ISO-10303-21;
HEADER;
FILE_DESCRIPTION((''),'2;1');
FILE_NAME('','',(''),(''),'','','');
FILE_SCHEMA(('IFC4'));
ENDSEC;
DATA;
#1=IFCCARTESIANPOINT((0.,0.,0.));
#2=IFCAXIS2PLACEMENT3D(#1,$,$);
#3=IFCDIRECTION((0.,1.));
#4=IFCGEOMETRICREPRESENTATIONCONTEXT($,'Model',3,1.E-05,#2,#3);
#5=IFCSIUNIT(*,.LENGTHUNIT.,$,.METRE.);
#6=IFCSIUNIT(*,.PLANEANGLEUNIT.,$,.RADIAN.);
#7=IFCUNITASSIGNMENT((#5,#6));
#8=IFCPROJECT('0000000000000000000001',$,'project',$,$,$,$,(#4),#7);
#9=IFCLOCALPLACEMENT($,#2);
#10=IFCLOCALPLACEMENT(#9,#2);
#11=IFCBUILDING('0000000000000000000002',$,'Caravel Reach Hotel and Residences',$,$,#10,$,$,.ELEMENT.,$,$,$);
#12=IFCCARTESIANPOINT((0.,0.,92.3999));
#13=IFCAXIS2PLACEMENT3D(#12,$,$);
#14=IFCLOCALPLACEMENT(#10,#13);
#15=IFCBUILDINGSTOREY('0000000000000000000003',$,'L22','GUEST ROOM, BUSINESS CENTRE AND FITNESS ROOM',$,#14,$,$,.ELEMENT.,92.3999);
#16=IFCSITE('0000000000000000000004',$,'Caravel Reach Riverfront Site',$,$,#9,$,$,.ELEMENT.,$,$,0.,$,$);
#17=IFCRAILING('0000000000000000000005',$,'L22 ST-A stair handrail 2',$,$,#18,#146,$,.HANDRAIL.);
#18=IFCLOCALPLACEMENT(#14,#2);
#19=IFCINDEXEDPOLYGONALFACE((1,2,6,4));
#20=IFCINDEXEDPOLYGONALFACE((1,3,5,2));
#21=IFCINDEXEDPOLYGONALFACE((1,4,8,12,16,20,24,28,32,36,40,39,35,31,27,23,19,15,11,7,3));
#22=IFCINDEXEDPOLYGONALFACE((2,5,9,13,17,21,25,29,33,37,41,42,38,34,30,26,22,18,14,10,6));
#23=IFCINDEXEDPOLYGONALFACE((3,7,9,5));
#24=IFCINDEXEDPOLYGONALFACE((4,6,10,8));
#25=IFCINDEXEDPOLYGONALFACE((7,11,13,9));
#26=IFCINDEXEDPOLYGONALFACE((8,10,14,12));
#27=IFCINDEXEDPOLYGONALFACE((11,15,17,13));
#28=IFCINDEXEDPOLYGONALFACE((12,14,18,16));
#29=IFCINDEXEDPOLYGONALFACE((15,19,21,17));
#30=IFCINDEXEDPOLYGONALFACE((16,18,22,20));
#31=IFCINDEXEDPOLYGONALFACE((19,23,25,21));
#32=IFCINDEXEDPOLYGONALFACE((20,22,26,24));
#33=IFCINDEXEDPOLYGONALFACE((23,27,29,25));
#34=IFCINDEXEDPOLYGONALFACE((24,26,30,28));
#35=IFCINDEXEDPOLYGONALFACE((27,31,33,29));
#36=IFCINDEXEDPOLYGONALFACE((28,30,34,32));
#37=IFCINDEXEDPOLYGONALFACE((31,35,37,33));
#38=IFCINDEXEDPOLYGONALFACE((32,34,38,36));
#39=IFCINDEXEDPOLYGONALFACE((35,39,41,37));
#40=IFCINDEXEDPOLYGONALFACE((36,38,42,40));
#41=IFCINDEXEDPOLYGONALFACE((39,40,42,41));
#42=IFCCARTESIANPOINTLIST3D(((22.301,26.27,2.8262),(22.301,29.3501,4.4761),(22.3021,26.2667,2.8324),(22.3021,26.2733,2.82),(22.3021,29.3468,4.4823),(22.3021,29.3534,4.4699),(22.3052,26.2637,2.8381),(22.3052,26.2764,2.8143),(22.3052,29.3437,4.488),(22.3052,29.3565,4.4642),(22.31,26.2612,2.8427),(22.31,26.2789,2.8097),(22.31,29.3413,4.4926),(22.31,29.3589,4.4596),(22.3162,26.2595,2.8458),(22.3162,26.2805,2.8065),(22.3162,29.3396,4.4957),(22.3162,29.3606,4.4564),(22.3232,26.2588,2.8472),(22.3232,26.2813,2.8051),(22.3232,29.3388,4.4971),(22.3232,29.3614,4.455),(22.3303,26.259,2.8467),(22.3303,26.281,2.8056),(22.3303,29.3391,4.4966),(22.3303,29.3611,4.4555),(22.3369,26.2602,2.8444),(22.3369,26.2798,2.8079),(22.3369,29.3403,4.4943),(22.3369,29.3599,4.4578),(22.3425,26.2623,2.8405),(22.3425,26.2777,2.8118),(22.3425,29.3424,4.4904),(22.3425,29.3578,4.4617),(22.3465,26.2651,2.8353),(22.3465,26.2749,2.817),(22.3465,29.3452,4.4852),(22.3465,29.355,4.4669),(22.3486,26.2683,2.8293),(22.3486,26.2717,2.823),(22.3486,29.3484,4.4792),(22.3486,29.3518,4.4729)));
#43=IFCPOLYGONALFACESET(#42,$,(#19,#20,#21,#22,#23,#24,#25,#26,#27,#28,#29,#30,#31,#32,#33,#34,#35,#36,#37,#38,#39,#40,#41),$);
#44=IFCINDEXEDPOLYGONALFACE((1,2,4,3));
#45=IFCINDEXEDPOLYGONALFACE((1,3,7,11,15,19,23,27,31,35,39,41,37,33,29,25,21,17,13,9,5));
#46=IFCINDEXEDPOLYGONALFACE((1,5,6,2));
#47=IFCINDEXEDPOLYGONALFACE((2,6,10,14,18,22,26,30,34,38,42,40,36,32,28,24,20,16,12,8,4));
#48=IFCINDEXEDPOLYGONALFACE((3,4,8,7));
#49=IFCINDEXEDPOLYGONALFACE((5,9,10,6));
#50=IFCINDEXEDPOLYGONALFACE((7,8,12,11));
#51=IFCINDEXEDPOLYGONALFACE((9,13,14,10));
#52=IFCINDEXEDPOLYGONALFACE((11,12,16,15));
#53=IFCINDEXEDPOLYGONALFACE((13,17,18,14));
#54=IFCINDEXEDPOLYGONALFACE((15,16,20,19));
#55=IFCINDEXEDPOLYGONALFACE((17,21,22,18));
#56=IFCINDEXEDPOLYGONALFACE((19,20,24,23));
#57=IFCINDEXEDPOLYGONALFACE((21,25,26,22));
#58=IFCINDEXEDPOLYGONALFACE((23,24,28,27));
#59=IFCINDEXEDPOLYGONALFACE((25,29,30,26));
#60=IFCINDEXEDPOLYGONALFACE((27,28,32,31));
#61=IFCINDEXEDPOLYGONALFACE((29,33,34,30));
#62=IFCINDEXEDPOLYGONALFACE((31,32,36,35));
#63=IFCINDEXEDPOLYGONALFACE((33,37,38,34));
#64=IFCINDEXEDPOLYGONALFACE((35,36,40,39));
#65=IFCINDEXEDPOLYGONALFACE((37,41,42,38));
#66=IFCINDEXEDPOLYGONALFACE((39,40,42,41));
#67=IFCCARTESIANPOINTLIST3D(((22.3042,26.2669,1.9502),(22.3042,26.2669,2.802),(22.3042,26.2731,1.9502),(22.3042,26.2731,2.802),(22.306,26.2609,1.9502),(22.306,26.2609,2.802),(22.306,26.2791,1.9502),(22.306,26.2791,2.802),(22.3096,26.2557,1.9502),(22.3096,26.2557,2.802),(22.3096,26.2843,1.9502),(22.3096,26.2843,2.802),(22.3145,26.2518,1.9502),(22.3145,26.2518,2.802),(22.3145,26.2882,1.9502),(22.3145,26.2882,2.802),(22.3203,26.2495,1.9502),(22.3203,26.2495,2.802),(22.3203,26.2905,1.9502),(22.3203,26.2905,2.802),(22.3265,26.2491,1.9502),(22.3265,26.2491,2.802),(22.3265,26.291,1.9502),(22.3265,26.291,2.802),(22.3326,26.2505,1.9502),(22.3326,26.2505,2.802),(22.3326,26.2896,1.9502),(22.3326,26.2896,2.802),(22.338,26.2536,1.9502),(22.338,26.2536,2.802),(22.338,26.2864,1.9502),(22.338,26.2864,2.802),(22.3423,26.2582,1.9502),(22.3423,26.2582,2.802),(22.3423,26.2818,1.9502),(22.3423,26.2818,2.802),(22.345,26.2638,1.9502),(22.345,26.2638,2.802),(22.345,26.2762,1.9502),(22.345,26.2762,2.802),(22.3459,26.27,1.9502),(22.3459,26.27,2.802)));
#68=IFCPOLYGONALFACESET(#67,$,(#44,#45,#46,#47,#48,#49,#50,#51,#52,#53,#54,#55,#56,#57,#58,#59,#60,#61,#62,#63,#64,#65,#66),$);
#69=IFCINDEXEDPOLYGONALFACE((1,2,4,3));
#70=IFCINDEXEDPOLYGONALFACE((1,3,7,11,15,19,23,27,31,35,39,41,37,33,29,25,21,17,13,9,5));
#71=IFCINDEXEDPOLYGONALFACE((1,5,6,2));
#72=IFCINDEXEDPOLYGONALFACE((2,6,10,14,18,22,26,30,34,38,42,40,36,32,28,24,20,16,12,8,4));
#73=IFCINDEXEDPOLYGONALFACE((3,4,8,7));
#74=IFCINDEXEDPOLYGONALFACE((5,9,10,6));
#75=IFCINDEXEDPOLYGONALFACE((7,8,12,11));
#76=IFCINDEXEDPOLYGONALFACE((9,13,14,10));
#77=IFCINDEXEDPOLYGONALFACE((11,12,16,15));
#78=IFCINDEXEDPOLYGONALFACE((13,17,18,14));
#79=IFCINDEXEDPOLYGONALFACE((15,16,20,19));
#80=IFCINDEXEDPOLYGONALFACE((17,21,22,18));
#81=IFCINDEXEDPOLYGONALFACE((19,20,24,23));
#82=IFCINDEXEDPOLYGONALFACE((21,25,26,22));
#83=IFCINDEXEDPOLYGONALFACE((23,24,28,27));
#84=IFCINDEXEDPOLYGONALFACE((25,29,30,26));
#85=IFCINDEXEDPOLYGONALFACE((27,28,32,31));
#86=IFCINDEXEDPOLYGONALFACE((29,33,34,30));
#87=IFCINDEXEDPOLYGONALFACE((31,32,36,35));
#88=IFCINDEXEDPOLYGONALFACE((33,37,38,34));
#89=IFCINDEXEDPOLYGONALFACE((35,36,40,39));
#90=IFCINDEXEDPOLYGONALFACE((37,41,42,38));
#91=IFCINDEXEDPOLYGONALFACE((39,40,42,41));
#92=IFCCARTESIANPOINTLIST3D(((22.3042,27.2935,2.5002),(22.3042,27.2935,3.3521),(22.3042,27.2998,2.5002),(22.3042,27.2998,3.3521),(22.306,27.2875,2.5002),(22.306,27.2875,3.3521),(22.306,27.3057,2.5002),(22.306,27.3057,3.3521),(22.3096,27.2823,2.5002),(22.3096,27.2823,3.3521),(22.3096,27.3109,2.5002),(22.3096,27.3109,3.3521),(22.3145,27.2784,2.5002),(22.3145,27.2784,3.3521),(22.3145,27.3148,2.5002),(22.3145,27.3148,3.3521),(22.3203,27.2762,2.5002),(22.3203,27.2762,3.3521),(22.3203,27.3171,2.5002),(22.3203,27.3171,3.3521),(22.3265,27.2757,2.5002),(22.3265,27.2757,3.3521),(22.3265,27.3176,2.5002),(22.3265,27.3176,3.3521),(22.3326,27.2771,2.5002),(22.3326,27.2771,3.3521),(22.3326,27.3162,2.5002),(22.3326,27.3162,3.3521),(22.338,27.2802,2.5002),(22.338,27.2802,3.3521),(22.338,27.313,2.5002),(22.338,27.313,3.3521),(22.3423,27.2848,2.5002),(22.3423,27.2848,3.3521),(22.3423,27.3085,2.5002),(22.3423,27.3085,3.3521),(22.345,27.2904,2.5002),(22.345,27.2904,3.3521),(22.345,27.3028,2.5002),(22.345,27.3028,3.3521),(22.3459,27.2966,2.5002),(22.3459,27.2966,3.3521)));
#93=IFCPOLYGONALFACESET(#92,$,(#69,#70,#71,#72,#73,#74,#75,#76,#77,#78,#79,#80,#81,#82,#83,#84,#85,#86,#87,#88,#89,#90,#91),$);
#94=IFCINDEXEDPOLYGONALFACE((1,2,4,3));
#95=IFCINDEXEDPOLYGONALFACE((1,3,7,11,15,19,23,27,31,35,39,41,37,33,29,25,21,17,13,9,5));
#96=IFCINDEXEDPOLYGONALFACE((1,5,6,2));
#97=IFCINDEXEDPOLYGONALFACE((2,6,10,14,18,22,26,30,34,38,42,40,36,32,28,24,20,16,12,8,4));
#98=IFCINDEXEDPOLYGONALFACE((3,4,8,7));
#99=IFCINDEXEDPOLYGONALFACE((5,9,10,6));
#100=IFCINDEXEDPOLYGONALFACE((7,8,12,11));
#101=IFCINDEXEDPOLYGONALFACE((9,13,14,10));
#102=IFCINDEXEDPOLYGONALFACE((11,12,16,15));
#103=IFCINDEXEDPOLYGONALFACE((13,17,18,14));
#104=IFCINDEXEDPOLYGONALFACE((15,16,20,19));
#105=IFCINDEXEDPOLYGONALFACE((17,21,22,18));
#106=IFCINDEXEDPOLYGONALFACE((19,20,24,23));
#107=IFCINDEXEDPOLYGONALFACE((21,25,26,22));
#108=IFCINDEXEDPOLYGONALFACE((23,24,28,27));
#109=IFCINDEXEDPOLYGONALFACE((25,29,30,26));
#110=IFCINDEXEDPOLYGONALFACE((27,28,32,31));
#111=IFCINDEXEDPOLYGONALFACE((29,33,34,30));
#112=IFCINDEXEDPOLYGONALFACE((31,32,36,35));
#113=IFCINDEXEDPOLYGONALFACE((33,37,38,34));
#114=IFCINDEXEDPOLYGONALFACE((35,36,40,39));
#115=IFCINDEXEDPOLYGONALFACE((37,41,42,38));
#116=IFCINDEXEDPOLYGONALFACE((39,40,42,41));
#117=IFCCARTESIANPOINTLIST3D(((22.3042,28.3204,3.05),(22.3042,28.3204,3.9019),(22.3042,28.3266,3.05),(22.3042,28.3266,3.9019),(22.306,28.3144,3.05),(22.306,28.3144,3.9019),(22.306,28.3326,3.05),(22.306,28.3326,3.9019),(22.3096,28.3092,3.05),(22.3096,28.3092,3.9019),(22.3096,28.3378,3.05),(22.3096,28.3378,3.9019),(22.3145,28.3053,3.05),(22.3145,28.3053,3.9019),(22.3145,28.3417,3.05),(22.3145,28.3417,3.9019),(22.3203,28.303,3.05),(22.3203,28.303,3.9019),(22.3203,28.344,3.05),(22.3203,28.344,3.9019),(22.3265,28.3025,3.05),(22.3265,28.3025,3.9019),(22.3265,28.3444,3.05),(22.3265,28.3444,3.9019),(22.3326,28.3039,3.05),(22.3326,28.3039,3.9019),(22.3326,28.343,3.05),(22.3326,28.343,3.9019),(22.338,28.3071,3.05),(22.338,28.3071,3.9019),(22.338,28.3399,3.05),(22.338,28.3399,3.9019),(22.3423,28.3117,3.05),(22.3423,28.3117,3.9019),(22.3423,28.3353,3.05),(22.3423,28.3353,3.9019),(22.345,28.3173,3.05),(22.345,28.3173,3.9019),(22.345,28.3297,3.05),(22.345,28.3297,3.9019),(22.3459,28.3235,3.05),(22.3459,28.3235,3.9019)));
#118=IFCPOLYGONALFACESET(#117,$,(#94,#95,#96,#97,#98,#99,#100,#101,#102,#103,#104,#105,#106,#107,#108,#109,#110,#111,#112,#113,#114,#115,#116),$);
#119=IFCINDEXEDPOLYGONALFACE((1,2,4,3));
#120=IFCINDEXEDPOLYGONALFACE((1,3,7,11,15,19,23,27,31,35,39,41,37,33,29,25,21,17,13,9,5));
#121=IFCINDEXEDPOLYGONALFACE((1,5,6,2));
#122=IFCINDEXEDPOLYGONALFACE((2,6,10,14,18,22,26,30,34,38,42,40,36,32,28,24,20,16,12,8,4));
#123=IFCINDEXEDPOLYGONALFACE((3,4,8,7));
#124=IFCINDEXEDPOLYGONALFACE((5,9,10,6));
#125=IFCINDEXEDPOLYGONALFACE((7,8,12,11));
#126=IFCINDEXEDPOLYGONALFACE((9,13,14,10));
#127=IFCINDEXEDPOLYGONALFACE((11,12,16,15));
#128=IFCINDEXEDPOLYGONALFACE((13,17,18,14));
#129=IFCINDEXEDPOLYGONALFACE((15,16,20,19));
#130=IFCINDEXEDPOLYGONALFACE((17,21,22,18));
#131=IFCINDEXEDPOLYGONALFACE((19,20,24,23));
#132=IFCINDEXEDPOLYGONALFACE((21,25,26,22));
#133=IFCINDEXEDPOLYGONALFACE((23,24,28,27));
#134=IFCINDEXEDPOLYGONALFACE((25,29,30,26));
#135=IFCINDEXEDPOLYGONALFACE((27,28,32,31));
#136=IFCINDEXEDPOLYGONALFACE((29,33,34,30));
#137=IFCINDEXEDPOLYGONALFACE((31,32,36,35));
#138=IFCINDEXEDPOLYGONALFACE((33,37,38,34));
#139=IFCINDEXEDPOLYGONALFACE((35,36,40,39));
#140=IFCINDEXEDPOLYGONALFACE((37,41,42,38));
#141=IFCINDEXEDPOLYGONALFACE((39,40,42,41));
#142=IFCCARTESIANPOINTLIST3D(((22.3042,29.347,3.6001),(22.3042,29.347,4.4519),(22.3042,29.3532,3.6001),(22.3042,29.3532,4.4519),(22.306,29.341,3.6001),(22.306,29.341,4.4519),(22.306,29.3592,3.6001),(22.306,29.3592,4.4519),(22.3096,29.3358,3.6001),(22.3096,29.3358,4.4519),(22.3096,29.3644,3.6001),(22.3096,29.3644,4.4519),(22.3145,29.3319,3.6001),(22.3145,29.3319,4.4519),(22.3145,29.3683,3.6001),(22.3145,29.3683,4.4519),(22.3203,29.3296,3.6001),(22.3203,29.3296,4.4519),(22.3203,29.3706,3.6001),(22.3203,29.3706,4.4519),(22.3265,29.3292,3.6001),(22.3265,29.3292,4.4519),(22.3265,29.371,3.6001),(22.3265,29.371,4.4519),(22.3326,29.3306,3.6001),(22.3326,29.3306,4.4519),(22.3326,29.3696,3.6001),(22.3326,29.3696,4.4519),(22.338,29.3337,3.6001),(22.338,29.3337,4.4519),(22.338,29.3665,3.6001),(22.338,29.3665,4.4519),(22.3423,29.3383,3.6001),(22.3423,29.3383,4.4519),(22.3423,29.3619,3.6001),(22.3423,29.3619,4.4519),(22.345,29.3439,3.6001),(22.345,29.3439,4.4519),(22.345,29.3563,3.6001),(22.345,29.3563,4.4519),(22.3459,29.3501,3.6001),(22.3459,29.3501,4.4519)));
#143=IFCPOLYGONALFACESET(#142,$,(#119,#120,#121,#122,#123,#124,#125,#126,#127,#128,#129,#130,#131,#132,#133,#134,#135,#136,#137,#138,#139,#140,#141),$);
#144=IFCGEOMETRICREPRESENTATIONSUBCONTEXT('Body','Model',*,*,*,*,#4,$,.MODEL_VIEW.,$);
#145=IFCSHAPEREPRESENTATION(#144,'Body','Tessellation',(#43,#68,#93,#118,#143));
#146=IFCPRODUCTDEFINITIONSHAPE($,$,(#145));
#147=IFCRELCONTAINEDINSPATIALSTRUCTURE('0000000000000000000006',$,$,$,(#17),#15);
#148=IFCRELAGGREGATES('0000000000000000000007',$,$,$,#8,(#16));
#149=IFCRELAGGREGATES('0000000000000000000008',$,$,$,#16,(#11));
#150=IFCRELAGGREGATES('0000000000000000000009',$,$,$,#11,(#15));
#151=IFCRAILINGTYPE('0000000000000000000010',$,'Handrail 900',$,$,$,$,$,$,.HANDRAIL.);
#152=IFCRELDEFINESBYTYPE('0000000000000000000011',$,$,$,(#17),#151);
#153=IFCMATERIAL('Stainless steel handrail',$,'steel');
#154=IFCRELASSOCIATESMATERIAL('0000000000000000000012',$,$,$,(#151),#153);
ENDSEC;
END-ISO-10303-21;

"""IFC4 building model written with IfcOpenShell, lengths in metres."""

from ifc_helpers import new_model, si_unit, direction, frame, origin, origin_2d, place, context, subcontext, project, spatial, circle, extrude, material, type_object, element, save


model = new_model("IFC4")

# Units and contexts
model_context = context("Model", 3, precision=1e-05, world=origin(), true_north=direction((0.0, 1.0)))
body_context = subcontext(model_context, "Body", "Model", "MODEL_VIEW")
ifc_project = project(units=[si_unit("LENGTHUNIT", "METRE"), si_unit("PLANEANGLEUNIT", "RADIAN")], contexts=[model_context])

# Site, building, storey
site_placement = place(None, origin())
site = spatial("IfcSite", under=ifc_project, at=site_placement, Name="Caravel Reach Riverfront Site", CompositionType="ELEMENT", RefElevation=0.0)
building_placement = place(site_placement, origin())
building = spatial("IfcBuilding", under=site, at=building_placement, Name="Caravel Reach Hotel and Residences", CompositionType="ELEMENT")
storey_placement = place(building_placement, frame((0.0, 0.0, 92.3999)))
storey = spatial("IfcBuildingStorey", under=building, at=storey_placement, Name="L22", Description="GUEST ROOM, BUSINESS CENTRE AND FITNESS ROOM", CompositionType="ELEMENT", Elevation=92.3999)

# Railing
ifc_material_1 = material(Name="Stainless steel handrail", Category="steel")
railing_type_1 = type_object("IfcRailingType", Name="Handrail 900", PredefinedType="HANDRAIL", material=ifc_material_1)
railing_1_placement = place(storey_placement, frame((22.325, 26.27, 1.9502)))
element("IfcRailing", 1, at=railing_1_placement, inside=storey, type_object=railing_type_1, Name="L22 ST-A stair handrail 2", PredefinedType="HANDRAIL", context=body_context, shape_type="SweptSolid", body=[
    extrude(circle(Radius=0.0239, at=origin_2d()), frame((0.0, 0.0, 0.876), z_axis=(0.0, 0.881497, 0.47219), x_axis=(-1.0, 0.0, 0.0)), (0.0, 0.0, 1.0), 3.4941),
    extrude(circle(Radius=0.021, at=origin_2d()), origin(), (0.0, 0.0, 1.0), 0.8518),
    extrude(circle(Radius=0.021, at=origin_2d()), frame((0.0, 1.0266, 0.55)), (0.0, 0.0, 1.0), 0.8518),
    extrude(circle(Radius=0.021, at=origin_2d()), frame((0.0, 2.0535, 1.0999)), (0.0, 0.0, 1.0), 0.8518),
    extrude(circle(Radius=0.021, at=origin_2d()), frame((0.0, 3.0801, 1.6499)), (0.0, 0.0, 1.0), 0.8518),
])

save(model, "model.ifc")
